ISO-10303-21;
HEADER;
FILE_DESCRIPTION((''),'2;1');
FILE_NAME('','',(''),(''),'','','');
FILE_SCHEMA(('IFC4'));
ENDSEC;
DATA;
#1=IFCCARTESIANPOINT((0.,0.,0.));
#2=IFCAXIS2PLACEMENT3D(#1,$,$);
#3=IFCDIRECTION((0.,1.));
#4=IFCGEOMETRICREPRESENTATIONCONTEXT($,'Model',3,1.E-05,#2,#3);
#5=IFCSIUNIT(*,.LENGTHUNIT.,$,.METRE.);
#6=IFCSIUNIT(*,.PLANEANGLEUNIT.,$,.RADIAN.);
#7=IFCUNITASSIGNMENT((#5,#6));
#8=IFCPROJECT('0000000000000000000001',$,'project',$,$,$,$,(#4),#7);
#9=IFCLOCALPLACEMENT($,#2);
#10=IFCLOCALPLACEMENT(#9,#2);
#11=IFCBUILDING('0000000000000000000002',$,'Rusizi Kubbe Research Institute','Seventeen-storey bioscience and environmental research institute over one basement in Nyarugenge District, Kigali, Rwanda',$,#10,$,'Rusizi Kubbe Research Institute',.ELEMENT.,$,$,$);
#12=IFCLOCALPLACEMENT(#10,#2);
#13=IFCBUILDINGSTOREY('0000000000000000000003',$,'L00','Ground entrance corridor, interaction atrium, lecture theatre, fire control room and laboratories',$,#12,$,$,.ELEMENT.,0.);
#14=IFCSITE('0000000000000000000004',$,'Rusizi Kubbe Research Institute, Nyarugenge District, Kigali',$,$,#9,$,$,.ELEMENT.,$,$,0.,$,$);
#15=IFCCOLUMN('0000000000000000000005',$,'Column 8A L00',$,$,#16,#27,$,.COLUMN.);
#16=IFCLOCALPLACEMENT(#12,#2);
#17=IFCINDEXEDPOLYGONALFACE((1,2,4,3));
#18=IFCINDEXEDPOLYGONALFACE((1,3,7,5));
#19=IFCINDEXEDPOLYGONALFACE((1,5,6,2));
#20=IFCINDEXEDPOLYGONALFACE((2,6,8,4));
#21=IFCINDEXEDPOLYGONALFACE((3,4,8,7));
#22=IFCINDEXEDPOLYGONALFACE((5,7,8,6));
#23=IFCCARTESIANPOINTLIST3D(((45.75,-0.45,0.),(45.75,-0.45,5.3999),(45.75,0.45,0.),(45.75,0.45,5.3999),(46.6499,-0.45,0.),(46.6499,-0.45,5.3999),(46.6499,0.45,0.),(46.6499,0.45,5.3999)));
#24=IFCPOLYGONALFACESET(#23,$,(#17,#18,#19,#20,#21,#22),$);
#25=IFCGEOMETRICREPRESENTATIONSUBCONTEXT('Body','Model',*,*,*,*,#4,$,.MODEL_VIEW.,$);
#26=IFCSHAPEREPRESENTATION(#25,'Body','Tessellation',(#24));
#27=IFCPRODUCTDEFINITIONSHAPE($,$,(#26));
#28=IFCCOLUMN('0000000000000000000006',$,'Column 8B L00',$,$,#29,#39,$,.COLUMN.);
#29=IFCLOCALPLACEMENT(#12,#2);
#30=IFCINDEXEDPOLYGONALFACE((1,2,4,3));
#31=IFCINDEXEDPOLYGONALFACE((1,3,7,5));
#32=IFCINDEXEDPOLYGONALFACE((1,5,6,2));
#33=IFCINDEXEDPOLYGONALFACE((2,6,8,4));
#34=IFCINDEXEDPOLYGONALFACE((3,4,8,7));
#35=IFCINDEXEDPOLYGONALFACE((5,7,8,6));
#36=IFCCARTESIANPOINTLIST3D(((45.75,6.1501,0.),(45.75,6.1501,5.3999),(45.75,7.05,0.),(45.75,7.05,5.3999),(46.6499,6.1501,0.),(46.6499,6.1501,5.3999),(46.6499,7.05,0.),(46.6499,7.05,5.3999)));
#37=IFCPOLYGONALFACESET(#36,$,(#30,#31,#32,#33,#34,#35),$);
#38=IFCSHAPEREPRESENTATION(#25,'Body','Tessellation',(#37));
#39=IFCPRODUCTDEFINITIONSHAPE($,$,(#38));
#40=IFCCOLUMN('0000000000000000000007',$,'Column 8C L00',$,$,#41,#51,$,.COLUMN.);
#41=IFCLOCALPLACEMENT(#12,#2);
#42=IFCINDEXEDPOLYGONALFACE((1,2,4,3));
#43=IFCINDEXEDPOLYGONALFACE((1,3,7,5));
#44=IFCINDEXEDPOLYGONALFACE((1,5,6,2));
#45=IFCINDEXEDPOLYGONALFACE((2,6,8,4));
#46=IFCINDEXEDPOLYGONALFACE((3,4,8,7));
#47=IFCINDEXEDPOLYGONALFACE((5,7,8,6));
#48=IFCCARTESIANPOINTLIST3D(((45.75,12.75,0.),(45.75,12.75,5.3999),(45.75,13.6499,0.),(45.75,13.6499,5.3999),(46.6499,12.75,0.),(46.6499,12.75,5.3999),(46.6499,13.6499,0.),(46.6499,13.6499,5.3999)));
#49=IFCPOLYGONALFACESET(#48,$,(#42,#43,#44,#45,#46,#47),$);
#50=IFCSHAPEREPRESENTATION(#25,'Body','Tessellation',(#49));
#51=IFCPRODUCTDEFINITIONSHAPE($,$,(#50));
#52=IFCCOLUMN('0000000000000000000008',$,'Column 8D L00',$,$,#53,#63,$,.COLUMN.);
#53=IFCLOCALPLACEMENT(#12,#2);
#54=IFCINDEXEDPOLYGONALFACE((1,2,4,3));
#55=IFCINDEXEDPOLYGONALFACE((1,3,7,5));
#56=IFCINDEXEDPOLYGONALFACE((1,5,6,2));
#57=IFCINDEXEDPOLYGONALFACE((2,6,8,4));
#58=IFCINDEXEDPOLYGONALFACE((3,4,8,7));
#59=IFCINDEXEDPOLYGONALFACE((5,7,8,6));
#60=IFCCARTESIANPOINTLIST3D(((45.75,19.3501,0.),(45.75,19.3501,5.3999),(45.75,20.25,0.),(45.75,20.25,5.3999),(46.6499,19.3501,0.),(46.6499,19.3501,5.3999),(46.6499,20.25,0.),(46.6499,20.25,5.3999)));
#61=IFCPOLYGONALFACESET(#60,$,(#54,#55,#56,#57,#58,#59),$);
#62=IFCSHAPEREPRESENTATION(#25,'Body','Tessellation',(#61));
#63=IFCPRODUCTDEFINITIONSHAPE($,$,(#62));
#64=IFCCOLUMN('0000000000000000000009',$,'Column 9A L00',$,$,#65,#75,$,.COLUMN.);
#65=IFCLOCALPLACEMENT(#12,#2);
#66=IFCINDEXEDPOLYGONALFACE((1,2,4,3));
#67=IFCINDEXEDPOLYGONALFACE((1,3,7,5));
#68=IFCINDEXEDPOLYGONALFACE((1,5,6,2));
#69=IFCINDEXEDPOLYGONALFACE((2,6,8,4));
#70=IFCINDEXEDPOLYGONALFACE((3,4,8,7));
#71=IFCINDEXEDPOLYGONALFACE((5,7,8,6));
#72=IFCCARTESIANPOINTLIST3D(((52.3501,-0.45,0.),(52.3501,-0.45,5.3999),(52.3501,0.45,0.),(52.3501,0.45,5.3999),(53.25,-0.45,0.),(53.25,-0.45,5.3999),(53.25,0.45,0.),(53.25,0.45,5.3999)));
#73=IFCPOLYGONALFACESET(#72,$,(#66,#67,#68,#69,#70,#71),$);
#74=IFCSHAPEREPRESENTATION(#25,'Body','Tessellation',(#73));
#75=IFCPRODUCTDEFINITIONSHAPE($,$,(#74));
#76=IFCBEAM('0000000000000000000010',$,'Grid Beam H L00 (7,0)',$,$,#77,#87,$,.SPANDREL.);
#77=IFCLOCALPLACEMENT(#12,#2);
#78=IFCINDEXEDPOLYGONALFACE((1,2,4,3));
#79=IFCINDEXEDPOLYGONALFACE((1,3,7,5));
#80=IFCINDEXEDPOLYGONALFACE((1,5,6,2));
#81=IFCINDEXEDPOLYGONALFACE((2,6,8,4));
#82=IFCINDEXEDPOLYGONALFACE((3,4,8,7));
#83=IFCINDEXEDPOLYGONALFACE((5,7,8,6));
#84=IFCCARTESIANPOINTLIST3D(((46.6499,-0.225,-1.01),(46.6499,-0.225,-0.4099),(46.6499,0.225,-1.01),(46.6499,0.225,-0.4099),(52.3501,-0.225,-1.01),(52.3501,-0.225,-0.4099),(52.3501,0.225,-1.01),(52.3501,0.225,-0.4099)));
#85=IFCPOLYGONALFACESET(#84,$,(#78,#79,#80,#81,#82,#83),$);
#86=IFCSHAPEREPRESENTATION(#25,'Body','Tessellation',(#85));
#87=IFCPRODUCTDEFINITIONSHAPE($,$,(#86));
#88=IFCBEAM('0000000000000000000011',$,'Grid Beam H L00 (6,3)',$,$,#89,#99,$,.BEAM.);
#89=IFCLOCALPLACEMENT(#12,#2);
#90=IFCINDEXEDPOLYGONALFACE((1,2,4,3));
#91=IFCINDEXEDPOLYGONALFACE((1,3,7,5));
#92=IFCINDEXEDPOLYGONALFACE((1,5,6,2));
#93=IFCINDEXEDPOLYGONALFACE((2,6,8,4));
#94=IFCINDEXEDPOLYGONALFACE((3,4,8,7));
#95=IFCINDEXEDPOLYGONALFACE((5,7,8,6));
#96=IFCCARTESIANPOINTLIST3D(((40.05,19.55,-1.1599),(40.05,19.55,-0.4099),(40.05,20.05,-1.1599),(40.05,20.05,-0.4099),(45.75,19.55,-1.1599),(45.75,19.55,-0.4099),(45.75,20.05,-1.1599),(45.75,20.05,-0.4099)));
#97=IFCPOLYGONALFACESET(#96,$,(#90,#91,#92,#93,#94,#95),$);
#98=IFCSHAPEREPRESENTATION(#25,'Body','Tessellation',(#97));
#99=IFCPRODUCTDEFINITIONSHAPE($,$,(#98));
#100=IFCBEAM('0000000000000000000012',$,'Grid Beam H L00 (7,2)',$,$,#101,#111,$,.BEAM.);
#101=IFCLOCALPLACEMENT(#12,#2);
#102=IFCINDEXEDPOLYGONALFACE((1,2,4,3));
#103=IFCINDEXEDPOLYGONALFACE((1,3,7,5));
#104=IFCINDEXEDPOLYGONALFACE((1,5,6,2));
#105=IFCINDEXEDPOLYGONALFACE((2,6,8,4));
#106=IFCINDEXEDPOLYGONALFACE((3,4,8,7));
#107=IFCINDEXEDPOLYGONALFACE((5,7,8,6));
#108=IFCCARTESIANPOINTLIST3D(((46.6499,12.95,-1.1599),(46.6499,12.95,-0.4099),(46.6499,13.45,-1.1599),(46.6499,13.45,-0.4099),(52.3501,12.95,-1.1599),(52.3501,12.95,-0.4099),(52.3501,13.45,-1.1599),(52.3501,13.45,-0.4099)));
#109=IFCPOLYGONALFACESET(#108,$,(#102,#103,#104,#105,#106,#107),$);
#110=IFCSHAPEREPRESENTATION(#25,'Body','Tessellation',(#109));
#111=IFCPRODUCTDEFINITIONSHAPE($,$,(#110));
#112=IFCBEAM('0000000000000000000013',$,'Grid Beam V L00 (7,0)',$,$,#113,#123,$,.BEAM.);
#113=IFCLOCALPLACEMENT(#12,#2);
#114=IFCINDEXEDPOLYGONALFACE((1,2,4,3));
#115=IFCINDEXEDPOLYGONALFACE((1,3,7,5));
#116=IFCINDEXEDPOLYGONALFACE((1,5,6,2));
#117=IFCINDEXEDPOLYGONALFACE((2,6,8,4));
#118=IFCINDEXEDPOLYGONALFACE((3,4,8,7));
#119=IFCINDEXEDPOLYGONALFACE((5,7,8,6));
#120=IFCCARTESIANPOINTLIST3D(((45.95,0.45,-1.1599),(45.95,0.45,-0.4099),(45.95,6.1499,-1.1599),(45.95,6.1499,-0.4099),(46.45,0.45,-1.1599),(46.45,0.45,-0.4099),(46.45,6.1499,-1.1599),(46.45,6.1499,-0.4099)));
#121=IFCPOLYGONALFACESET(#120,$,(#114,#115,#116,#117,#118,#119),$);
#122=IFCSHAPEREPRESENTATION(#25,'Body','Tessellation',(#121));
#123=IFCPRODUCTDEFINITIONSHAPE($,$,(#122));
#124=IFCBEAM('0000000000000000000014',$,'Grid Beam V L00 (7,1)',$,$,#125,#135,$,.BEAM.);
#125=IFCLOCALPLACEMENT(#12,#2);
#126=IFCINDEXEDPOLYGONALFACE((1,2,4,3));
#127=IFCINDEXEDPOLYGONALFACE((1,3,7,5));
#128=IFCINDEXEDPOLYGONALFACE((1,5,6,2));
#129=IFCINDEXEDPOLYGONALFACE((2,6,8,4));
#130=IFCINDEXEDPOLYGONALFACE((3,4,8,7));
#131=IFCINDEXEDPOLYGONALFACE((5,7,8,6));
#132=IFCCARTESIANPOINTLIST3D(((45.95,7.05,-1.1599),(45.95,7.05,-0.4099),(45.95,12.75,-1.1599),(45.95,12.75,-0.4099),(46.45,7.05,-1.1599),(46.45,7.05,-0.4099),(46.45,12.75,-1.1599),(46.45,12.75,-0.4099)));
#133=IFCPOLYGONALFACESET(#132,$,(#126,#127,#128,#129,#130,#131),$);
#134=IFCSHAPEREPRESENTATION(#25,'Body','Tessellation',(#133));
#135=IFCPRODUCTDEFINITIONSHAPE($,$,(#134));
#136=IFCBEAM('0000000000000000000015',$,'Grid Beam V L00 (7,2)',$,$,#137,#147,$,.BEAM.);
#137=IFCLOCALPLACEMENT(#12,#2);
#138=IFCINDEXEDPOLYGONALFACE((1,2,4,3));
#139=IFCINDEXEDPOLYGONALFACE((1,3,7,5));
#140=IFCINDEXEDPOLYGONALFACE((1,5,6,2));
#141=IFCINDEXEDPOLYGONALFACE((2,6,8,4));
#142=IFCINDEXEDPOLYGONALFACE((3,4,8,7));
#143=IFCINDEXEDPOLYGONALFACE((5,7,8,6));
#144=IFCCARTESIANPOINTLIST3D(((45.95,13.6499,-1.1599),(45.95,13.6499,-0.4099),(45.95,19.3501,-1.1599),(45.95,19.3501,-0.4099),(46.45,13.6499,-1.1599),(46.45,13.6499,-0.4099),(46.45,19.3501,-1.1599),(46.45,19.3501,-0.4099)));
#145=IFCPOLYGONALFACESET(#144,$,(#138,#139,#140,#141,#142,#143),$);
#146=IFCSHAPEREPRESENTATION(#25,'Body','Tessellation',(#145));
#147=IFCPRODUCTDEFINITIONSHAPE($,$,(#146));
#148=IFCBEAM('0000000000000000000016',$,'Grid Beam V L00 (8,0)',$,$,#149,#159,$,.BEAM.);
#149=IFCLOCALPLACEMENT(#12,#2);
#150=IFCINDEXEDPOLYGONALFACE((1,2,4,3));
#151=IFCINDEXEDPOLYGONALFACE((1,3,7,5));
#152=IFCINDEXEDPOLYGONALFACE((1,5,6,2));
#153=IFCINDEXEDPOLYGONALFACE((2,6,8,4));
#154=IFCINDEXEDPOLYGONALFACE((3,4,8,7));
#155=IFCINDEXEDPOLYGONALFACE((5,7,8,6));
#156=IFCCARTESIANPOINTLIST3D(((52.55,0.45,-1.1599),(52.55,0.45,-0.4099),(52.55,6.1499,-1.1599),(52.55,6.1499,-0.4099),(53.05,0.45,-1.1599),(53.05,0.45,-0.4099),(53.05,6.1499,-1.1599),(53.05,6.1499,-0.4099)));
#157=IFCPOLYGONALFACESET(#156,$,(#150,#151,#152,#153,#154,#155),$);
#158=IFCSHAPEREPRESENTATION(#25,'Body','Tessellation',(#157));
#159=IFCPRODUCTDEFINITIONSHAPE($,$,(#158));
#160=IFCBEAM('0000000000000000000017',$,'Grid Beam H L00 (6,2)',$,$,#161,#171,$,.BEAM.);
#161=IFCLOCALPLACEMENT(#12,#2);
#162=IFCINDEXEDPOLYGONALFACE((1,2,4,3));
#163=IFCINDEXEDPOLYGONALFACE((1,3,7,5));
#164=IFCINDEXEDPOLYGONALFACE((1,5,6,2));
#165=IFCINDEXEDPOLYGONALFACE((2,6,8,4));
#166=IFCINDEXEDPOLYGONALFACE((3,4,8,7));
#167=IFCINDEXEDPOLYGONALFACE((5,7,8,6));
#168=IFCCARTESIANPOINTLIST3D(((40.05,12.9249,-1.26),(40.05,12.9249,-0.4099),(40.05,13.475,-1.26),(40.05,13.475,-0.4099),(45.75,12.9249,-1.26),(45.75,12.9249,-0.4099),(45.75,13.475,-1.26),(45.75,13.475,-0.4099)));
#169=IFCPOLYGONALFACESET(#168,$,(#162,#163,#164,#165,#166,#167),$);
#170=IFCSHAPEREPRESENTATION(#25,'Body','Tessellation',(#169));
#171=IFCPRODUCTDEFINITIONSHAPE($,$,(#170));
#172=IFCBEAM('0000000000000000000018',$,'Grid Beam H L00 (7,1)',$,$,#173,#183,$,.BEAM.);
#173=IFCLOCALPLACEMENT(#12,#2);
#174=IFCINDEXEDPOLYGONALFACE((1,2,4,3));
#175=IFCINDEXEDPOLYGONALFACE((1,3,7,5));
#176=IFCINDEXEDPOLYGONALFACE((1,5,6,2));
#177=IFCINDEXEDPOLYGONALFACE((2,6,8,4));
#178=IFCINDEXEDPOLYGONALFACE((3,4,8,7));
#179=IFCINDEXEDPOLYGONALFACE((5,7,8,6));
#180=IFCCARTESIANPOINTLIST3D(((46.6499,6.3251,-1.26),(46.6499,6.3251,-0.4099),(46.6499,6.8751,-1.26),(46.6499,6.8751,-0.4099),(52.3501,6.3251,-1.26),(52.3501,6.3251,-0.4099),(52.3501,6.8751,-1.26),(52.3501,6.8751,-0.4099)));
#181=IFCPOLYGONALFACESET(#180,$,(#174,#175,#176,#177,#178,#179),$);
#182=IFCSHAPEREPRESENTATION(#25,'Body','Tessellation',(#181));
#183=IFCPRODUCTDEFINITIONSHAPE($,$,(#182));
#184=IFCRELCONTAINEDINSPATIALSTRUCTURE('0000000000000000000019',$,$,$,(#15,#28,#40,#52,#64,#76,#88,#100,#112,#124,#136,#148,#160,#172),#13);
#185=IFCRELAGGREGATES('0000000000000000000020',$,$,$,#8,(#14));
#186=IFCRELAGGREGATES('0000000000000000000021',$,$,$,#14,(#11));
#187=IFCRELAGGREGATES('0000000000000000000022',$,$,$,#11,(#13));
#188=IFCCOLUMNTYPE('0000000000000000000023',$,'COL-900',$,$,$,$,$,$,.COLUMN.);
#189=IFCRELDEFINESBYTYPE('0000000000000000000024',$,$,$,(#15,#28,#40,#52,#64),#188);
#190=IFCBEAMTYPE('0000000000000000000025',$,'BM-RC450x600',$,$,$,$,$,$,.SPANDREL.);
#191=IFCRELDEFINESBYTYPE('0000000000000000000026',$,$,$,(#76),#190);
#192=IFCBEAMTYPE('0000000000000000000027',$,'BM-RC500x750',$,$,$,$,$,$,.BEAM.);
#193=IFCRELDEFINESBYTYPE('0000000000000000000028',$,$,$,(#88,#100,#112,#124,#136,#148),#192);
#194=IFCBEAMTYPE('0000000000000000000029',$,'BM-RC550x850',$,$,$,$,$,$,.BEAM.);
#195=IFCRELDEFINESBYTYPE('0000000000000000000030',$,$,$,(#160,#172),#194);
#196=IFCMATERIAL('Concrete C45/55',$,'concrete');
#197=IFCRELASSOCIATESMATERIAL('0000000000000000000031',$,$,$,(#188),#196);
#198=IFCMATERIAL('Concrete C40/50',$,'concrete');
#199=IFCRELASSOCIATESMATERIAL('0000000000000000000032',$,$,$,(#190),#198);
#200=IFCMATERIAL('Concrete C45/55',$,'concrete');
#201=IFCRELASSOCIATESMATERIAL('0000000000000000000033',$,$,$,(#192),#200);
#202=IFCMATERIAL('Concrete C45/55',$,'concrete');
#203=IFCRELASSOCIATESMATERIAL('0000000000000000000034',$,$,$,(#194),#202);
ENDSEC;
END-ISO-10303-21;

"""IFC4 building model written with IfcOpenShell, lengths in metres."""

from ifc_helpers import new_model, si_unit, direction, frame, origin, origin_2d, place, context, subcontext, project, spatial, rectangle, extrude, material, material_profile, profile_set, type_object, element, save


model = new_model("IFC4")

# Units and contexts
model_context = context("Model", 3, precision=1e-05, world=origin(), true_north=direction((0.0, 1.0)))
body_context = subcontext(model_context, "Body", "Model", "MODEL_VIEW")
ifc_project = project(units=[si_unit("LENGTHUNIT", "METRE"), si_unit("PLANEANGLEUNIT", "RADIAN")], contexts=[model_context])

# Site, building, storey
site_placement = place(None, origin())
site = spatial("IfcSite", under=ifc_project, at=site_placement, Name="Rusizi Kubbe Research Institute, Nyarugenge District, Kigali", CompositionType="ELEMENT", RefElevation=0.0)
building_placement = place(site_placement, origin())
building = spatial("IfcBuilding", under=site, at=building_placement, Name="Rusizi Kubbe Research Institute", Description="Seventeen-storey bioscience and environmental research institute over one basement in Nyarugenge District, Kigali, Rwanda", LongName="Rusizi Kubbe Research Institute", CompositionType="ELEMENT")
storey_placement = place(building_placement, origin())
storey = spatial("IfcBuildingStorey", under=building, at=storey_placement, Name="L00", Description="Ground entrance corridor, interaction atrium, lecture theatre, fire control room and laboratories", CompositionType="ELEMENT", Elevation=0.0)

# Columns
ifc_material_1 = material(Name="Concrete C45/55", Category="concrete")
ifc_material_profile_1 = material_profile(ifc_material_1, rectangle(XDim=0.8999, YDim=0.8999, at=origin_2d()), Name="RC900x900")
ifc_profile_set_1 = profile_set([ifc_material_profile_1], Name="Concrete C45/55")
column_type = type_object("IfcColumnType", Name="COL-900", PredefinedType="COLUMN", material=ifc_profile_set_1)
for number, where, z_axis, x_axis, name in (
    (1, (46.2, 0.0, 0.0), (0.0, 0.0, 1.0), (1.0, 0.0, 0.0), "Column 8A L00"),
    (2, (46.2, 6.6001, 0.0), (0.0, 0.0, 1.0), (1.0, 0.0, 0.0), "Column 8B L00"),
    (3, (46.2, 13.2, 0.0), (0.0, 0.0, 1.0), (1.0, 0.0, 0.0), "Column 8C L00"),
    (4, (46.2, 19.8, 0.0), (0.0, 0.0, 1.0), (1.0, 0.0, 0.0), "Column 8D L00"),
    (5, (52.8, 0.0, 0.0), (0.0, 0.0, 1.0), (1.0, 0.0, 0.0), "Column 9A L00"),
):
    element("IfcColumn", number, at=place(storey_placement, frame(where, z_axis=z_axis, x_axis=x_axis)), inside=storey, type_object=column_type, Name=name, PredefinedType="COLUMN", context=body_context, shape_type="SweptSolid", body=[
        extrude(rectangle(XDim=0.8999, YDim=0.8999, at=origin_2d()), origin(), (0.0, 0.0, 1.0), 5.3999),
    ])

# Beams
ifc_material_2 = material(Name="Concrete C40/50", Category="concrete")
ifc_material_profile_2 = material_profile(ifc_material_2, rectangle(XDim=0.45, YDim=0.6001, at=origin_2d()), Name="RC450x600")
ifc_profile_set_2 = profile_set([ifc_material_profile_2], Name="Concrete C40/50")
beam_type_1 = type_object("IfcBeamType", Name="BM-RC450x600", PredefinedType="SPANDREL", material=ifc_profile_set_2)
beam_1_placement = place(storey_placement, frame((46.6499, 0.0, -0.71), z_axis=(1.0, 0.0, 0.0), x_axis=(0.0, 1.0, 0.0)))
element("IfcBeam", 6, at=beam_1_placement, inside=storey, type_object=beam_type_1, Name="Grid Beam H L00 (7,0)", PredefinedType="SPANDREL", context=body_context, shape_type="SweptSolid", body=[
    extrude(rectangle(XDim=0.45, YDim=0.6001, at=origin_2d()), origin(), (0.0, 0.0, 1.0), 5.7002),
])
ifc_material_3 = material(Name="Concrete C45/55", Category="concrete")
ifc_material_profile_3 = material_profile(ifc_material_3, rectangle(XDim=0.5, YDim=0.75, at=origin_2d()), Name="RC500x750B")
ifc_profile_set_3 = profile_set([ifc_material_profile_3], Name="Concrete C45/55")
beam_type_2 = type_object("IfcBeamType", Name="BM-RC500x750", PredefinedType="BEAM", material=ifc_profile_set_3)
beam_2_placement = place(storey_placement, frame((40.05, 19.8, -0.7849), z_axis=(1.0, 0.0, 0.0), x_axis=(0.0, 1.0, 0.0)))
element("IfcBeam", 7, at=beam_2_placement, inside=storey, type_object=beam_type_2, Name="Grid Beam H L00 (6,3)", PredefinedType="BEAM", context=body_context, shape_type="SweptSolid", body=[
    extrude(rectangle(XDim=0.5, YDim=0.75, at=origin_2d()), origin(), (0.0, 0.0, 1.0), 5.7),
])
beam_3_placement = place(storey_placement, frame((46.6499, 13.2, -0.7849), z_axis=(1.0, 0.0, 0.0), x_axis=(0.0, 1.0, 0.0)))
element("IfcBeam", 8, at=beam_3_placement, inside=storey, type_object=beam_type_2, Name="Grid Beam H L00 (7,2)", PredefinedType="BEAM", context=body_context, shape_type="SweptSolid", body=[
    extrude(rectangle(XDim=0.5, YDim=0.75, at=origin_2d()), origin(), (0.0, 0.0, 1.0), 5.7002),
])
for number, where, z_axis, x_axis, name in (
    (9, (46.2, 0.45, -0.7849), (0.0, 1.0, 0.0), (-1.0, 0.0, 0.0), "Grid Beam V L00 (7,0)"),
    (10, (46.2, 7.05, -0.7849), (0.0, 1.0, 0.0), (-1.0, 0.0, 0.0), "Grid Beam V L00 (7,1)"),
):
    element("IfcBeam", number, at=place(storey_placement, frame(where, z_axis=z_axis, x_axis=x_axis)), inside=storey, type_object=beam_type_2, Name=name, PredefinedType="BEAM", context=body_context, shape_type="SweptSolid", body=[
        extrude(rectangle(XDim=0.5, YDim=0.75, at=origin_2d()), origin(), (0.0, 0.0, 1.0), 5.7),
    ])
beam_4_placement = place(storey_placement, frame((46.2, 13.6499, -0.7849), z_axis=(0.0, 1.0, 0.0), x_axis=(-1.0, 0.0, 0.0)))
element("IfcBeam", 11, at=beam_4_placement, inside=storey, type_object=beam_type_2, Name="Grid Beam V L00 (7,2)", PredefinedType="BEAM", context=body_context, shape_type="SweptSolid", body=[
    extrude(rectangle(XDim=0.5, YDim=0.75, at=origin_2d()), origin(), (0.0, 0.0, 1.0), 5.7002),
])
beam_5_placement = place(storey_placement, frame((52.8, 0.45, -0.7849), z_axis=(0.0, 1.0, 0.0), x_axis=(-1.0, 0.0, 0.0)))
element("IfcBeam", 12, at=beam_5_placement, inside=storey, type_object=beam_type_2, Name="Grid Beam V L00 (8,0)", PredefinedType="BEAM", context=body_context, shape_type="SweptSolid", body=[
    extrude(rectangle(XDim=0.5, YDim=0.75, at=origin_2d()), origin(), (0.0, 0.0, 1.0), 5.7),
])
ifc_material_4 = material(Name="Concrete C45/55", Category="concrete")
ifc_material_profile_4 = material_profile(ifc_material_4, rectangle(XDim=0.55, YDim=0.8501, at=origin_2d()), Name="RC550x850")
ifc_profile_set_4 = profile_set([ifc_material_profile_4], Name="Concrete C45/55")
beam_type_3 = type_object("IfcBeamType", Name="BM-RC550x850", PredefinedType="BEAM", material=ifc_profile_set_4)
beam_6_placement = place(storey_placement, frame((40.05, 13.2, -0.835), z_axis=(1.0, 0.0, 0.0), x_axis=(0.0, 1.0, 0.0)))
element("IfcBeam", 13, at=beam_6_placement, inside=storey, type_object=beam_type_3, Name="Grid Beam H L00 (6,2)", PredefinedType="BEAM", context=body_context, shape_type="SweptSolid", body=[
    extrude(rectangle(XDim=0.55, YDim=0.8501, at=origin_2d()), origin(), (0.0, 0.0, 1.0), 5.7),
])
beam_7_placement = place(storey_placement, frame((46.6499, 6.6001, -0.835), z_axis=(1.0, 0.0, 0.0), x_axis=(0.0, 1.0, 0.0)))
element("IfcBeam", 14, at=beam_7_placement, inside=storey, type_object=beam_type_3, Name="Grid Beam H L00 (7,1)", PredefinedType="BEAM", context=body_context, shape_type="SweptSolid", body=[
    extrude(rectangle(XDim=0.55, YDim=0.8501, at=origin_2d()), origin(), (0.0, 0.0, 1.0), 5.7002),
])

save(model, "model.ifc")
